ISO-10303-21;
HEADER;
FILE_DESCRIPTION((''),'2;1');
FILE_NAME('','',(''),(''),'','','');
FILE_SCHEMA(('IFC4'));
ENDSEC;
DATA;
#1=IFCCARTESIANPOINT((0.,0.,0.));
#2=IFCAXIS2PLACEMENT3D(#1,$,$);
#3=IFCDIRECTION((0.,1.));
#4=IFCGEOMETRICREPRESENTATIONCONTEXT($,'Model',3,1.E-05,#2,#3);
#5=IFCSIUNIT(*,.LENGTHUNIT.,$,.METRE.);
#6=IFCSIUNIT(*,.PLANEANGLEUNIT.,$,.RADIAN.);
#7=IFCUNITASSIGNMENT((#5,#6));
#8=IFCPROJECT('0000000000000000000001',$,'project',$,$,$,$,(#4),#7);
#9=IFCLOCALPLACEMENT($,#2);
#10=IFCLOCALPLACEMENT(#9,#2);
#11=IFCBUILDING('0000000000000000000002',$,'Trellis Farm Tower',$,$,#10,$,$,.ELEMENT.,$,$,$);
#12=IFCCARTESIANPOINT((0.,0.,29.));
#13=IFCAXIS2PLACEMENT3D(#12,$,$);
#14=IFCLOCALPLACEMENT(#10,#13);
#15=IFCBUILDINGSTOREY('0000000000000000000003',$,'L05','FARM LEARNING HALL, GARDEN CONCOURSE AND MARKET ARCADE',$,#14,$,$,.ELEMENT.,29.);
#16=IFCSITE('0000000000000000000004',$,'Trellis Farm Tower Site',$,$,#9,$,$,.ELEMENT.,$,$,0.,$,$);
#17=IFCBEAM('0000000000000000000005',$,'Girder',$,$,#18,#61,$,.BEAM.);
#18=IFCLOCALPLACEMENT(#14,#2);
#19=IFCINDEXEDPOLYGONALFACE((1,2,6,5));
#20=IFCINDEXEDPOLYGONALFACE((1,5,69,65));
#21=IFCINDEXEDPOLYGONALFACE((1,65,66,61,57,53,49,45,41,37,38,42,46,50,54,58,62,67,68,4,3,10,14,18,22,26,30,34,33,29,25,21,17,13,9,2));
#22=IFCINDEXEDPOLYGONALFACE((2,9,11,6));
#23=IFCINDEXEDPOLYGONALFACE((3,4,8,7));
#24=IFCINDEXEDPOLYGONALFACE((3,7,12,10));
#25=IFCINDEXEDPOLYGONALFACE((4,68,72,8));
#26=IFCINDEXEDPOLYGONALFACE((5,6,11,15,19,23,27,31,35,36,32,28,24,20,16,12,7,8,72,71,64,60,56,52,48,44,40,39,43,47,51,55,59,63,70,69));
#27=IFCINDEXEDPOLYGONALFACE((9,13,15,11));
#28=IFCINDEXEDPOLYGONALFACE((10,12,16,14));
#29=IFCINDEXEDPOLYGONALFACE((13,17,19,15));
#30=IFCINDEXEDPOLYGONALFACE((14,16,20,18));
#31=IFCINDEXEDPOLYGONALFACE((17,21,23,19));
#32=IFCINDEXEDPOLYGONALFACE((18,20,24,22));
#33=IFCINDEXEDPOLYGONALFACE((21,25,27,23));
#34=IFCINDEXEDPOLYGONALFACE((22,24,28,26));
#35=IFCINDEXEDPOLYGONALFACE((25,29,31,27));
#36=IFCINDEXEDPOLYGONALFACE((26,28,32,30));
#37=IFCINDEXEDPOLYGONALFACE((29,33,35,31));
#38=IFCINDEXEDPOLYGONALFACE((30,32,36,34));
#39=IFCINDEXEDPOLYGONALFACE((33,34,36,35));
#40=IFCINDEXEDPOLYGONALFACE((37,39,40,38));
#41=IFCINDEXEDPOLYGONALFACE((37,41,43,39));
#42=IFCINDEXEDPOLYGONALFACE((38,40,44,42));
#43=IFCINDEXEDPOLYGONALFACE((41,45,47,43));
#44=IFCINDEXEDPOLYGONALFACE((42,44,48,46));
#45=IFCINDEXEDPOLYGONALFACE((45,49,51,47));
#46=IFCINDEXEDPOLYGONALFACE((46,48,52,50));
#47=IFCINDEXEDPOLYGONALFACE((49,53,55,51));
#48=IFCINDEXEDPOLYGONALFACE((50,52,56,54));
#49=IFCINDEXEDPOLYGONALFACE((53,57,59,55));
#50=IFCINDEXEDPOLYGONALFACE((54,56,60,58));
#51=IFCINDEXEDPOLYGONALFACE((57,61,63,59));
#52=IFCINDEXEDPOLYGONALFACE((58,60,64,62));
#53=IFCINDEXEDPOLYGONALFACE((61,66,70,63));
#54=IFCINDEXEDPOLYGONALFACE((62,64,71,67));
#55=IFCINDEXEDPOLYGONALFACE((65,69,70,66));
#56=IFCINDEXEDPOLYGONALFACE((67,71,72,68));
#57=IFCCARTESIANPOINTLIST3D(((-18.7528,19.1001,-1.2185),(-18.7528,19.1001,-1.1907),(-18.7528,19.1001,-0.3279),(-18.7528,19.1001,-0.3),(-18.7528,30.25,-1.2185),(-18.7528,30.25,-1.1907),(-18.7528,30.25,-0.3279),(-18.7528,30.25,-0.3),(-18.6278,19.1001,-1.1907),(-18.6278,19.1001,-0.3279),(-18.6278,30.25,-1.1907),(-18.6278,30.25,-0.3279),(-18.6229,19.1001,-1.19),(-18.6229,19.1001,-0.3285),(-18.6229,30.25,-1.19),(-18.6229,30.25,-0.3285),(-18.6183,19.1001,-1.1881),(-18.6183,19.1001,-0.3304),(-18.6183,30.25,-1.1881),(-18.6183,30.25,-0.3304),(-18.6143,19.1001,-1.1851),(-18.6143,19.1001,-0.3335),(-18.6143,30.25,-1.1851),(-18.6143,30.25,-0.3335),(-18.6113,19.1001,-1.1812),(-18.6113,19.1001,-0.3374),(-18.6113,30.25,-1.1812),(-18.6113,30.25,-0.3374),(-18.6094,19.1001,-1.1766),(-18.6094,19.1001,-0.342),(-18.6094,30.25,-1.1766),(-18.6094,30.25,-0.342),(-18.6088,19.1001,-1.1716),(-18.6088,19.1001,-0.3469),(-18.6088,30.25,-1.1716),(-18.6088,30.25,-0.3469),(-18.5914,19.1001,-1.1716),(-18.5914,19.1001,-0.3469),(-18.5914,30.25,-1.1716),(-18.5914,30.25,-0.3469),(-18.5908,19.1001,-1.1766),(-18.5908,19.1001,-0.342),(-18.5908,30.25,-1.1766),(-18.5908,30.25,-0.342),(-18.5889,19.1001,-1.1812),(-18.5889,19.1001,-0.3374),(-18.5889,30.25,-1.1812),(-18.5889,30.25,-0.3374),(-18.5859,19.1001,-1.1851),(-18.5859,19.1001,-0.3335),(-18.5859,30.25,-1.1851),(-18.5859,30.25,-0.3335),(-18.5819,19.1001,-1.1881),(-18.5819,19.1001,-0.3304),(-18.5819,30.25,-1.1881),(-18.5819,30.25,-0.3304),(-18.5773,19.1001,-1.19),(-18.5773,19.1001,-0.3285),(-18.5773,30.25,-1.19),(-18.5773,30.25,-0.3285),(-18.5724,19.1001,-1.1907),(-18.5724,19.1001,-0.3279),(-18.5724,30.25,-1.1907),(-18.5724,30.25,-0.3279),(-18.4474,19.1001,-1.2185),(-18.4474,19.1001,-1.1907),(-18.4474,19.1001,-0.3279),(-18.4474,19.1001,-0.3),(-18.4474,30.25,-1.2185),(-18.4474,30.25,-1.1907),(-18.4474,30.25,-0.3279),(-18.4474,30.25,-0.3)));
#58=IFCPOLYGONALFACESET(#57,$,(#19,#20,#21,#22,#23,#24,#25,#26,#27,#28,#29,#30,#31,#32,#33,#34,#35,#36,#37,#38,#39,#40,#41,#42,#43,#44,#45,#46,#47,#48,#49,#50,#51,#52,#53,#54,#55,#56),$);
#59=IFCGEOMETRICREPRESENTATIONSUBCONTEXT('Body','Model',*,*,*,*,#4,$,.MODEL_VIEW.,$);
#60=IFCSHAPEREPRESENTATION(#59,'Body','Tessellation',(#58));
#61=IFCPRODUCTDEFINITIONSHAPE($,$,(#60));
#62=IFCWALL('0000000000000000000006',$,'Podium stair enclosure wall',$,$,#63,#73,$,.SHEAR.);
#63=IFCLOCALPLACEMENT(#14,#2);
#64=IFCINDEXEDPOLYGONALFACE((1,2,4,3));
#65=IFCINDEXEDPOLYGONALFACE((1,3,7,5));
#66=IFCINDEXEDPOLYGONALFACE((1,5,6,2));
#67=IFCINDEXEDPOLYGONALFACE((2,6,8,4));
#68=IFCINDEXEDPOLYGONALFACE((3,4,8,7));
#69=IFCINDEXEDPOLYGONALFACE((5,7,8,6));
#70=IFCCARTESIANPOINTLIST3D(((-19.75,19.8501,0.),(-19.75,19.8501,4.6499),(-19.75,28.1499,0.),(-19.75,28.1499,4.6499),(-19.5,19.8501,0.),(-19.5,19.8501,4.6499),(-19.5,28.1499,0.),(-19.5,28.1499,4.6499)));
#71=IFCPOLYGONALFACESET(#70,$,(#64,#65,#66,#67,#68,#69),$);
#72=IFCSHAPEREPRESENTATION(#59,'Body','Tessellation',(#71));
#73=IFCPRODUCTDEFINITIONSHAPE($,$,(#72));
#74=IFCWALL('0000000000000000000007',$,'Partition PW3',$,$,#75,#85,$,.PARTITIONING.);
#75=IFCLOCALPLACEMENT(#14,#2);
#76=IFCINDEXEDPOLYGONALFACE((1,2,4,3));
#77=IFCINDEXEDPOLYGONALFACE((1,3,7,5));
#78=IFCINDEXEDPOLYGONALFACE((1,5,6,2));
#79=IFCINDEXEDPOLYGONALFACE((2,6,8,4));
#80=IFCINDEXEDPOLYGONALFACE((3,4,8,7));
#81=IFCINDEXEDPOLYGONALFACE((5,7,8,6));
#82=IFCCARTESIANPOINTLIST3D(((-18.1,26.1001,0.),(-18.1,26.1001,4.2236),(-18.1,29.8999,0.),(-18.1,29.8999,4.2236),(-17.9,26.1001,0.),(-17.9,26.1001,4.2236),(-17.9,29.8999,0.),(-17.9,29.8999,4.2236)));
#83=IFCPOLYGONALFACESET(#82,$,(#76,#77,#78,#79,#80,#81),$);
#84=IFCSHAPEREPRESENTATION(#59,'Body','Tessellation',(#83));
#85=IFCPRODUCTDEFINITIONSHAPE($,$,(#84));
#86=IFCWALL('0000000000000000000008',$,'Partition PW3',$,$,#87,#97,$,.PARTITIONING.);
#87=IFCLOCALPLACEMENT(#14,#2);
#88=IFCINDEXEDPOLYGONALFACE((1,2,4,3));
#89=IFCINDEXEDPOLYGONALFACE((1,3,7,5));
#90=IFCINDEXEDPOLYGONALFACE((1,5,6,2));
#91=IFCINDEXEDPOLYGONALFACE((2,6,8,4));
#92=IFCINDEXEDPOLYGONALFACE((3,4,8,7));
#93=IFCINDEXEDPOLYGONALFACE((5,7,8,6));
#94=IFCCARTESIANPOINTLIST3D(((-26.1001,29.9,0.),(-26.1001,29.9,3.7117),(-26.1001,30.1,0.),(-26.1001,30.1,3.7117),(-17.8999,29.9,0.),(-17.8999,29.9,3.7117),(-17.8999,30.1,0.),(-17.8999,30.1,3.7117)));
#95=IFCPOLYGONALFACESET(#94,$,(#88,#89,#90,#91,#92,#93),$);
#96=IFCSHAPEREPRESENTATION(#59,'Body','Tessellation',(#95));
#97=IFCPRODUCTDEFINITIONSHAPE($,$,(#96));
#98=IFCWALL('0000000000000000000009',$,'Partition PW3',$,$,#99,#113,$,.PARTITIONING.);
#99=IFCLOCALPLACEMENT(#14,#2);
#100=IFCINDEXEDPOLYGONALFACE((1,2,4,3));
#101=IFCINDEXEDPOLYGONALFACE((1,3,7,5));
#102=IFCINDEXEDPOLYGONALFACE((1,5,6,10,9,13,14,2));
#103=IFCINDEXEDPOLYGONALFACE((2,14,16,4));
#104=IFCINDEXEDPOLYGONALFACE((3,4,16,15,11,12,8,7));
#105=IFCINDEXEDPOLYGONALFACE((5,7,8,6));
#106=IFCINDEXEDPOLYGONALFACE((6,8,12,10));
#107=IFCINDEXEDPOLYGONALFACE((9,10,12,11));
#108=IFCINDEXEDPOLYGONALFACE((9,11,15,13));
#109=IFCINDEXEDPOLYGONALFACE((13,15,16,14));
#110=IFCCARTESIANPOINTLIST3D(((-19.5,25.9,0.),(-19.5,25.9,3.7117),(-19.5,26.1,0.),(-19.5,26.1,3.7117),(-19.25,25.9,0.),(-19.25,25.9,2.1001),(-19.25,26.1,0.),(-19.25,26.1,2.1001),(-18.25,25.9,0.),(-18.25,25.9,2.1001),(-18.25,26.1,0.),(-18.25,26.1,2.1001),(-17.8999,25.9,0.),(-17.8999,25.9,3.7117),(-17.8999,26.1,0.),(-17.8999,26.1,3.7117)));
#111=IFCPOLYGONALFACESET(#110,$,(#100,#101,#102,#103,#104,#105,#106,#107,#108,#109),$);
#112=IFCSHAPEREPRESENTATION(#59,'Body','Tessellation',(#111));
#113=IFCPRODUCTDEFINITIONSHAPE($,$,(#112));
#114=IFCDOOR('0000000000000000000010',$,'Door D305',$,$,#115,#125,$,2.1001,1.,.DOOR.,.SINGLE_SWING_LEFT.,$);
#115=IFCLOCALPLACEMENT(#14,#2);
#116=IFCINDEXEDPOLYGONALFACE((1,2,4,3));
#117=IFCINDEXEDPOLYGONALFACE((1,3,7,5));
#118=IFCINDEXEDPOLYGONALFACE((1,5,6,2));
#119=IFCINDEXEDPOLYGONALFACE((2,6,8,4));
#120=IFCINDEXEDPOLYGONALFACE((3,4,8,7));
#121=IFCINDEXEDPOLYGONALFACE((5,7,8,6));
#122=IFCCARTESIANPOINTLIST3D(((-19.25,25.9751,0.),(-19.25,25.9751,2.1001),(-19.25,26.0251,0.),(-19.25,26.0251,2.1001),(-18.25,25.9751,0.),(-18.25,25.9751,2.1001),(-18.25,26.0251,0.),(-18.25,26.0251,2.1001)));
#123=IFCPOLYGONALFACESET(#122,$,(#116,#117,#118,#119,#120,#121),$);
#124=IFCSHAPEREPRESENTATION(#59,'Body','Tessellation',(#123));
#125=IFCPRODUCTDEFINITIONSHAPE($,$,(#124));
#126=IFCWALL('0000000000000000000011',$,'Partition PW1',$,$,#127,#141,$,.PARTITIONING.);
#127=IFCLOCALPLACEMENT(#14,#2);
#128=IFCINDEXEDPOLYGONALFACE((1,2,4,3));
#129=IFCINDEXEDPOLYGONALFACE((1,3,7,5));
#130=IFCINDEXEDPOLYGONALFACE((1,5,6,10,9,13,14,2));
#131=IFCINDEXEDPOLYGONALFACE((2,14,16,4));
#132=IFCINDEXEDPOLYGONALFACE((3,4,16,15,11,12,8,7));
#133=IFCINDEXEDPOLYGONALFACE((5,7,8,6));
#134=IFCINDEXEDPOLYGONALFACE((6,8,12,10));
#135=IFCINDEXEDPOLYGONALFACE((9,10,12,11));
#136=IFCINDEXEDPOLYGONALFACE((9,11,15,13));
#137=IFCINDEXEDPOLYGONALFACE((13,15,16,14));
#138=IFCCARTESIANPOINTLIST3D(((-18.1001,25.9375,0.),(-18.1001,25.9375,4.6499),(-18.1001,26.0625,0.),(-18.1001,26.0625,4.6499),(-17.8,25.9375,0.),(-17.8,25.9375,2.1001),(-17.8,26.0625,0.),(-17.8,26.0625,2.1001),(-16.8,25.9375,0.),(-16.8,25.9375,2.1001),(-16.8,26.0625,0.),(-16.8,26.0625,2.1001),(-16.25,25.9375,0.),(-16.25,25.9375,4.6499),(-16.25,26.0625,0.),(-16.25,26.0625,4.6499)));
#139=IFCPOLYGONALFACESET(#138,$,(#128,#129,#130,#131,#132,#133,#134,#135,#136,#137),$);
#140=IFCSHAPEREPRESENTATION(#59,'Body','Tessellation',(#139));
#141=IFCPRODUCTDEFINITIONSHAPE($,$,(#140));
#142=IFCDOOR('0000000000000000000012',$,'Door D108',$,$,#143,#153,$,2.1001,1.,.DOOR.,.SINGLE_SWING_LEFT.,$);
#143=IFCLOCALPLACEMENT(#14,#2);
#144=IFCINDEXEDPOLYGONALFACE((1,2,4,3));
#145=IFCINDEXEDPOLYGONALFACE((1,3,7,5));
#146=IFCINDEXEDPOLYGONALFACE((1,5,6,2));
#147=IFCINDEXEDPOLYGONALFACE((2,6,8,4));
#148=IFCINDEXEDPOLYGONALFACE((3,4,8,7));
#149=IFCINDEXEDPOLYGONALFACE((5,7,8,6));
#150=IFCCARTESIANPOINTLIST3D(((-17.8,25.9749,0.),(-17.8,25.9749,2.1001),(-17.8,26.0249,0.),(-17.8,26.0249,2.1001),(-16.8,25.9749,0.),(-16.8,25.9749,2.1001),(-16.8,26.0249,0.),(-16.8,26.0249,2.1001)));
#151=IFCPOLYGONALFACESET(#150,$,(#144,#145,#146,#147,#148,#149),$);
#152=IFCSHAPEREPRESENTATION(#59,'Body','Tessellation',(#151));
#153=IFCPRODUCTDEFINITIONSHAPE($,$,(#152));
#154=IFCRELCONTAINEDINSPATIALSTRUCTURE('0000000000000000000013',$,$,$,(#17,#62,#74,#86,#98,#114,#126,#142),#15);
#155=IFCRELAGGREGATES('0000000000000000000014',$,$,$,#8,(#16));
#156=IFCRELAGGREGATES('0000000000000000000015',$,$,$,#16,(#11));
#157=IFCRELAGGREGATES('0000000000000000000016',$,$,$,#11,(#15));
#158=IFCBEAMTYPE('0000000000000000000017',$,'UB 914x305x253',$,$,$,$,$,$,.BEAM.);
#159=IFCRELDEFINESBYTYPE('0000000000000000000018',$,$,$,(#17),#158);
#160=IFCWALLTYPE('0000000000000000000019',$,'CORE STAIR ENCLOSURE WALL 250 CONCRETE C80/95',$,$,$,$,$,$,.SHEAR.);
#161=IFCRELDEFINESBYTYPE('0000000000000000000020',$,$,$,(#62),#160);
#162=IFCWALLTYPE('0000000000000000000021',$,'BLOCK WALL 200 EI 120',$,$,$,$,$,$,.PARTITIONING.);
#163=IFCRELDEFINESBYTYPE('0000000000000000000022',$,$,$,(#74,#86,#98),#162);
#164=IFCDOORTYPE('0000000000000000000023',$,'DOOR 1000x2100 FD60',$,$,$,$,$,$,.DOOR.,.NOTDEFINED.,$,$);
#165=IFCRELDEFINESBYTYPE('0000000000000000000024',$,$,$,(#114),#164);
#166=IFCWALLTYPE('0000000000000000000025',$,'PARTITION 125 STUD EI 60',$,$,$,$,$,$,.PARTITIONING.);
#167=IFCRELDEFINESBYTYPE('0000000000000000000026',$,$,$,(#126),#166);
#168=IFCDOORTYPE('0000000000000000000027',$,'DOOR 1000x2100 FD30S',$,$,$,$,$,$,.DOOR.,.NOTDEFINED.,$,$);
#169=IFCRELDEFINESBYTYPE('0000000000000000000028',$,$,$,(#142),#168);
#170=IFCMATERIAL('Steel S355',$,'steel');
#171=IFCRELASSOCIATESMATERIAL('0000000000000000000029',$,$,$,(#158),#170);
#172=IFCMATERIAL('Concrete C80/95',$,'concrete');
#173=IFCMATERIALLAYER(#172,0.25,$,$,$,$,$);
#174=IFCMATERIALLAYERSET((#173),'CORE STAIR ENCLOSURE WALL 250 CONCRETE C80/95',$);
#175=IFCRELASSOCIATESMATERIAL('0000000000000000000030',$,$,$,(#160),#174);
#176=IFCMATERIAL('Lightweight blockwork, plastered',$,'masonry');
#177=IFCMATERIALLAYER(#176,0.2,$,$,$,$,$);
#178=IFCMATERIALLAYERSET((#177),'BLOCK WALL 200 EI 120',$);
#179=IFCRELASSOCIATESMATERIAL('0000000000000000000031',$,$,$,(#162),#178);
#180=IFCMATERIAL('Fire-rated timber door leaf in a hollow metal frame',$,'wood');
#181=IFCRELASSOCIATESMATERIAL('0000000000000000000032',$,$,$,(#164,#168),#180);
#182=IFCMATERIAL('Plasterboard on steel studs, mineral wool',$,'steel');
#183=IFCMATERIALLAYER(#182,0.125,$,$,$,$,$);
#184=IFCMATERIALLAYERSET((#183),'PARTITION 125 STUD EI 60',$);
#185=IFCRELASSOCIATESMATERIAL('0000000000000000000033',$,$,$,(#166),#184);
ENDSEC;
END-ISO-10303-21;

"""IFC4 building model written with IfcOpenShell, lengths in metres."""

from ifc_helpers import new_model, si_unit, direction, frame, frame_2d, origin, origin_2d, place, context, subcontext, project, spatial, rectangle, i_section, extrude, source, transform, mapped, material, layer, layer_set, material_profile, profile_set, type_object, element, fill, save


model = new_model("IFC4")

# Units and contexts
model_context = context("Model", 3, precision=1e-05, world=origin(), true_north=direction((0.0, 1.0)))
body_context = subcontext(model_context, "Body", "Model", "MODEL_VIEW")
ifc_project = project(units=[si_unit("LENGTHUNIT", "METRE"), si_unit("PLANEANGLEUNIT", "RADIAN")], contexts=[model_context])

# Site, building, storey
site_placement = place(None, origin())
site = spatial("IfcSite", under=ifc_project, at=site_placement, Name="Trellis Farm Tower Site", CompositionType="ELEMENT", RefElevation=0.0)
building_placement = place(site_placement, origin())
building = spatial("IfcBuilding", under=site, at=building_placement, Name="Trellis Farm Tower", CompositionType="ELEMENT")
storey_placement = place(building_placement, frame((0.0, 0.0, 29.0)))
storey = spatial("IfcBuildingStorey", under=building, at=storey_placement, Name="L05", Description="FARM LEARNING HALL, GARDEN CONCOURSE AND MARKET ARCADE", CompositionType="ELEMENT", Elevation=29.0)

# Beam
ifc_material_1 = material(Name="Steel S355", Category="steel")
ifc_material_profile_1 = material_profile(ifc_material_1, i_section(OverallWidth=0.3054, OverallDepth=0.9185, WebThickness=0.0173, FlangeThickness=0.0278, FilletRadius=0.019, at=origin_2d()), Name="UB 914x305x253")
ifc_profile_set_1 = profile_set([ifc_material_profile_1], Name="Steel S355")
beam_type_1 = type_object("IfcBeamType", Name="UB 914x305x253", PredefinedType="BEAM", material=ifc_profile_set_1)
shared_shape_1 = source(origin(), body_context, "Body", "SweptSolid", [
    extrude(i_section(OverallWidth=0.3054, OverallDepth=0.9185, WebThickness=0.0173, FlangeThickness=0.0278, FilletRadius=0.019, at=origin_2d()), origin(), (0.0, 0.0, 1.0), 11.1499),
])
beam_1_placement = place(storey_placement, frame((-18.6001, 19.1001, -0.7593), z_axis=(0.0, 1.0, 0.0), x_axis=(-1.0, 0.0, 0.0)))
element("IfcBeam", 1, at=beam_1_placement, inside=storey, type_object=beam_type_1, Name="Girder", PredefinedType="BEAM", context=body_context, shape_type="MappedRepresentation", body=[
    mapped(shared_shape_1, transform((0.0, 0.0, 0.0))),
])

# Walls
ifc_material_2 = material(Name="Concrete C80/95", Category="concrete")
ifc_layer_1 = layer(ifc_material_2, 0.25)
ifc_layer_set_1 = layer_set([ifc_layer_1], Name="CORE STAIR ENCLOSURE WALL 250 CONCRETE C80/95")
wall_type_1 = type_object("IfcWallType", Name="CORE STAIR ENCLOSURE WALL 250 CONCRETE C80/95", PredefinedType="SHEAR", material=ifc_layer_set_1)
shared_shape_2 = source(origin(), body_context, "Body", "SweptSolid", [
    extrude(rectangle(XDim=8.2998, YDim=0.25, at=frame_2d((4.1499, 0.0))), origin(), (0.0, 0.0, 1.0), 4.6499),
])
wall_1_placement = place(storey_placement, frame((-19.625, 19.8501, 0.0), z_axis=(0.0, 0.0, 1.0), x_axis=(0.0, 1.0, 0.0)))
element("IfcWall", 2, at=wall_1_placement, inside=storey, type_object=wall_type_1, Name="Podium stair enclosure wall", PredefinedType="SHEAR", context=body_context, shape_type="MappedRepresentation", body=[
    mapped(shared_shape_2, transform((0.0, 0.0, 0.0))),
])
ifc_material_3 = material(Name="Lightweight blockwork, plastered", Category="masonry")
ifc_layer_2 = layer(ifc_material_3, 0.2)
ifc_layer_set_2 = layer_set([ifc_layer_2], Name="BLOCK WALL 200 EI 120")
wall_type_2 = type_object("IfcWallType", Name="BLOCK WALL 200 EI 120", PredefinedType="PARTITIONING", material=ifc_layer_set_2)
shared_shape_3 = source(origin(), body_context, "Body", "SweptSolid", [
    extrude(rectangle(XDim=3.7998, YDim=0.2, at=frame_2d((1.8999, 0.0))), origin(), (0.0, 0.0, 1.0), 4.2236),
])
wall_2_placement = place(storey_placement, frame((-18.0, 26.1001, 0.0), z_axis=(0.0, 0.0, 1.0), x_axis=(0.0, 1.0, 0.0)))
element("IfcWall", 3, at=wall_2_placement, inside=storey, type_object=wall_type_2, Name="Partition PW3", PredefinedType="PARTITIONING", context=body_context, shape_type="MappedRepresentation", body=[
    mapped(shared_shape_3, transform((0.0, 0.0, 0.0))),
])
shared_shape_4 = source(origin(), body_context, "Body", "SweptSolid", [
    extrude(rectangle(XDim=8.2002, YDim=0.2, at=frame_2d((4.1001, 0.0))), origin(), (0.0, 0.0, 1.0), 3.7117),
])
wall_3_placement = place(storey_placement, frame((-17.8999, 30.0, 0.0), z_axis=(0.0, 0.0, 1.0), x_axis=(-1.0, 0.0, 0.0)))
element("IfcWall", 4, at=wall_3_placement, inside=storey, type_object=wall_type_2, Name="Partition PW3", PredefinedType="PARTITIONING", context=body_context, shape_type="MappedRepresentation", body=[
    mapped(shared_shape_4, transform((0.0, 0.0, 0.0))),
])

# Walls, openings, doors
shared_shape_5 = source(origin(), body_context, "Body", "SweptSolid", [
    extrude(rectangle(XDim=1.6001, YDim=0.2, at=frame_2d((0.8, 0.0))), origin(), (0.0, 0.0, 1.0), 3.7117),
])
wall_4_placement = place(storey_placement, frame((-17.8999, 26.0, 0.0), z_axis=(0.0, 0.0, 1.0), x_axis=(-1.0, 0.0, 0.0)))
wall_4 = element("IfcWall", 5, at=wall_4_placement, inside=storey, type_object=wall_type_2, Name="Partition PW3", PredefinedType="PARTITIONING", context=body_context, shape_type="MappedRepresentation", body=[
    mapped(shared_shape_5, transform((0.0, 0.0, 0.0))),
])
shared_shape_6 = source(origin(), body_context, "Body", "SweptSolid", [
    extrude(rectangle(XDim=1.0, YDim=2.1001, at=frame_2d((0.5, 1.05))), frame((0.0, 0.1101, 0.0), z_axis=(0.0, -1.0, 0.0), x_axis=(1.0, 0.0, 0.0)), (0.0, 0.0, 1.0), 0.2202),
])
opening_1_placement = place(wall_4_placement, frame((0.3501, 0.0, 0.0)))
opening_1 = element("IfcOpeningElement", 6, at=opening_1_placement, cuts=wall_4, PredefinedType="OPENING", context=body_context, shape_type="MappedRepresentation", body=[
    mapped(shared_shape_6, transform((0.0, 0.0, 0.0))),
])
ifc_material_4 = material(Name="Fire-rated timber door leaf in a hollow metal frame", Category="wood")
door_type_1 = type_object("IfcDoorType", Name="DOOR 1000x2100 FD60", OperationType="NOTDEFINED", PredefinedType="DOOR", material=ifc_material_4)
shared_shape_7 = source(origin(), body_context, "Body", "SweptSolid", [
    extrude(rectangle(XDim=1.0, YDim=2.1001, at=frame_2d((0.5, 1.05))), frame((0.0, 0.0249, 0.0), z_axis=(0.0, -1.0, 0.0), x_axis=(1.0, 0.0, 0.0)), (0.0, 0.0, 1.0), 0.05),
])
door_1_placement = place(opening_1_placement, origin())
door_1 = element("IfcDoor", 7, at=door_1_placement, inside=storey, type_object=door_type_1, Name="Door D305", OperationType="SINGLE_SWING_LEFT", OverallHeight=2.1001, OverallWidth=1.0, PredefinedType="DOOR", context=body_context, shape_type="MappedRepresentation", body=[
    mapped(shared_shape_7, transform((0.0, 0.0, 0.0))),
])
fill(opening_1, door_1)
ifc_material_5 = material(Name="Plasterboard on steel studs, mineral wool", Category="steel")
ifc_layer_3 = layer(ifc_material_5, 0.125)
ifc_layer_set_3 = layer_set([ifc_layer_3], Name="PARTITION 125 STUD EI 60")
wall_type_3 = type_object("IfcWallType", Name="PARTITION 125 STUD EI 60", PredefinedType="PARTITIONING", material=ifc_layer_set_3)
shared_shape_8 = source(origin(), body_context, "Body", "SweptSolid", [
    extrude(rectangle(XDim=1.8501, YDim=0.125, at=frame_2d((0.925, 0.0))), origin(), (0.0, 0.0, 1.0), 4.6499),
])
wall_5_placement = place(storey_placement, frame((-18.1001, 26.0, 0.0), z_axis=(0.0, 0.0, 1.0), x_axis=(1.0, 0.0, 0.0)))
wall_5 = element("IfcWall", 8, at=wall_5_placement, inside=storey, type_object=wall_type_3, Name="Partition PW1", PredefinedType="PARTITIONING", context=body_context, shape_type="MappedRepresentation", body=[
    mapped(shared_shape_8, transform((0.0, 0.0, 0.0))),
])
shared_shape_9 = source(origin(), body_context, "Body", "SweptSolid", [
    extrude(rectangle(XDim=1.0, YDim=2.1001, at=frame_2d((0.5, 1.05))), frame((0.0, 0.0725, 0.0), z_axis=(0.0, -1.0, 0.0), x_axis=(1.0, 0.0, 0.0)), (0.0, 0.0, 1.0), 0.145),
])
opening_2_placement = place(wall_5_placement, frame((0.3, 0.0, 0.0)))
opening_2 = element("IfcOpeningElement", 9, at=opening_2_placement, cuts=wall_5, PredefinedType="OPENING", context=body_context, shape_type="MappedRepresentation", body=[
    mapped(shared_shape_9, transform((0.0, 0.0, 0.0))),
])
door_type_2 = type_object("IfcDoorType", Name="DOOR 1000x2100 FD30S", OperationType="NOTDEFINED", PredefinedType="DOOR", material=ifc_material_4)
door_2_placement = place(opening_2_placement, origin())
door_2 = element("IfcDoor", 10, at=door_2_placement, inside=storey, type_object=door_type_2, Name="Door D108", OperationType="SINGLE_SWING_LEFT", OverallHeight=2.1001, OverallWidth=1.0, PredefinedType="DOOR", context=body_context, shape_type="MappedRepresentation", body=[
    mapped(shared_shape_7, transform((0.0, 0.0, 0.0))),
])
fill(opening_2, door_2)

save(model, "model.ifc")
